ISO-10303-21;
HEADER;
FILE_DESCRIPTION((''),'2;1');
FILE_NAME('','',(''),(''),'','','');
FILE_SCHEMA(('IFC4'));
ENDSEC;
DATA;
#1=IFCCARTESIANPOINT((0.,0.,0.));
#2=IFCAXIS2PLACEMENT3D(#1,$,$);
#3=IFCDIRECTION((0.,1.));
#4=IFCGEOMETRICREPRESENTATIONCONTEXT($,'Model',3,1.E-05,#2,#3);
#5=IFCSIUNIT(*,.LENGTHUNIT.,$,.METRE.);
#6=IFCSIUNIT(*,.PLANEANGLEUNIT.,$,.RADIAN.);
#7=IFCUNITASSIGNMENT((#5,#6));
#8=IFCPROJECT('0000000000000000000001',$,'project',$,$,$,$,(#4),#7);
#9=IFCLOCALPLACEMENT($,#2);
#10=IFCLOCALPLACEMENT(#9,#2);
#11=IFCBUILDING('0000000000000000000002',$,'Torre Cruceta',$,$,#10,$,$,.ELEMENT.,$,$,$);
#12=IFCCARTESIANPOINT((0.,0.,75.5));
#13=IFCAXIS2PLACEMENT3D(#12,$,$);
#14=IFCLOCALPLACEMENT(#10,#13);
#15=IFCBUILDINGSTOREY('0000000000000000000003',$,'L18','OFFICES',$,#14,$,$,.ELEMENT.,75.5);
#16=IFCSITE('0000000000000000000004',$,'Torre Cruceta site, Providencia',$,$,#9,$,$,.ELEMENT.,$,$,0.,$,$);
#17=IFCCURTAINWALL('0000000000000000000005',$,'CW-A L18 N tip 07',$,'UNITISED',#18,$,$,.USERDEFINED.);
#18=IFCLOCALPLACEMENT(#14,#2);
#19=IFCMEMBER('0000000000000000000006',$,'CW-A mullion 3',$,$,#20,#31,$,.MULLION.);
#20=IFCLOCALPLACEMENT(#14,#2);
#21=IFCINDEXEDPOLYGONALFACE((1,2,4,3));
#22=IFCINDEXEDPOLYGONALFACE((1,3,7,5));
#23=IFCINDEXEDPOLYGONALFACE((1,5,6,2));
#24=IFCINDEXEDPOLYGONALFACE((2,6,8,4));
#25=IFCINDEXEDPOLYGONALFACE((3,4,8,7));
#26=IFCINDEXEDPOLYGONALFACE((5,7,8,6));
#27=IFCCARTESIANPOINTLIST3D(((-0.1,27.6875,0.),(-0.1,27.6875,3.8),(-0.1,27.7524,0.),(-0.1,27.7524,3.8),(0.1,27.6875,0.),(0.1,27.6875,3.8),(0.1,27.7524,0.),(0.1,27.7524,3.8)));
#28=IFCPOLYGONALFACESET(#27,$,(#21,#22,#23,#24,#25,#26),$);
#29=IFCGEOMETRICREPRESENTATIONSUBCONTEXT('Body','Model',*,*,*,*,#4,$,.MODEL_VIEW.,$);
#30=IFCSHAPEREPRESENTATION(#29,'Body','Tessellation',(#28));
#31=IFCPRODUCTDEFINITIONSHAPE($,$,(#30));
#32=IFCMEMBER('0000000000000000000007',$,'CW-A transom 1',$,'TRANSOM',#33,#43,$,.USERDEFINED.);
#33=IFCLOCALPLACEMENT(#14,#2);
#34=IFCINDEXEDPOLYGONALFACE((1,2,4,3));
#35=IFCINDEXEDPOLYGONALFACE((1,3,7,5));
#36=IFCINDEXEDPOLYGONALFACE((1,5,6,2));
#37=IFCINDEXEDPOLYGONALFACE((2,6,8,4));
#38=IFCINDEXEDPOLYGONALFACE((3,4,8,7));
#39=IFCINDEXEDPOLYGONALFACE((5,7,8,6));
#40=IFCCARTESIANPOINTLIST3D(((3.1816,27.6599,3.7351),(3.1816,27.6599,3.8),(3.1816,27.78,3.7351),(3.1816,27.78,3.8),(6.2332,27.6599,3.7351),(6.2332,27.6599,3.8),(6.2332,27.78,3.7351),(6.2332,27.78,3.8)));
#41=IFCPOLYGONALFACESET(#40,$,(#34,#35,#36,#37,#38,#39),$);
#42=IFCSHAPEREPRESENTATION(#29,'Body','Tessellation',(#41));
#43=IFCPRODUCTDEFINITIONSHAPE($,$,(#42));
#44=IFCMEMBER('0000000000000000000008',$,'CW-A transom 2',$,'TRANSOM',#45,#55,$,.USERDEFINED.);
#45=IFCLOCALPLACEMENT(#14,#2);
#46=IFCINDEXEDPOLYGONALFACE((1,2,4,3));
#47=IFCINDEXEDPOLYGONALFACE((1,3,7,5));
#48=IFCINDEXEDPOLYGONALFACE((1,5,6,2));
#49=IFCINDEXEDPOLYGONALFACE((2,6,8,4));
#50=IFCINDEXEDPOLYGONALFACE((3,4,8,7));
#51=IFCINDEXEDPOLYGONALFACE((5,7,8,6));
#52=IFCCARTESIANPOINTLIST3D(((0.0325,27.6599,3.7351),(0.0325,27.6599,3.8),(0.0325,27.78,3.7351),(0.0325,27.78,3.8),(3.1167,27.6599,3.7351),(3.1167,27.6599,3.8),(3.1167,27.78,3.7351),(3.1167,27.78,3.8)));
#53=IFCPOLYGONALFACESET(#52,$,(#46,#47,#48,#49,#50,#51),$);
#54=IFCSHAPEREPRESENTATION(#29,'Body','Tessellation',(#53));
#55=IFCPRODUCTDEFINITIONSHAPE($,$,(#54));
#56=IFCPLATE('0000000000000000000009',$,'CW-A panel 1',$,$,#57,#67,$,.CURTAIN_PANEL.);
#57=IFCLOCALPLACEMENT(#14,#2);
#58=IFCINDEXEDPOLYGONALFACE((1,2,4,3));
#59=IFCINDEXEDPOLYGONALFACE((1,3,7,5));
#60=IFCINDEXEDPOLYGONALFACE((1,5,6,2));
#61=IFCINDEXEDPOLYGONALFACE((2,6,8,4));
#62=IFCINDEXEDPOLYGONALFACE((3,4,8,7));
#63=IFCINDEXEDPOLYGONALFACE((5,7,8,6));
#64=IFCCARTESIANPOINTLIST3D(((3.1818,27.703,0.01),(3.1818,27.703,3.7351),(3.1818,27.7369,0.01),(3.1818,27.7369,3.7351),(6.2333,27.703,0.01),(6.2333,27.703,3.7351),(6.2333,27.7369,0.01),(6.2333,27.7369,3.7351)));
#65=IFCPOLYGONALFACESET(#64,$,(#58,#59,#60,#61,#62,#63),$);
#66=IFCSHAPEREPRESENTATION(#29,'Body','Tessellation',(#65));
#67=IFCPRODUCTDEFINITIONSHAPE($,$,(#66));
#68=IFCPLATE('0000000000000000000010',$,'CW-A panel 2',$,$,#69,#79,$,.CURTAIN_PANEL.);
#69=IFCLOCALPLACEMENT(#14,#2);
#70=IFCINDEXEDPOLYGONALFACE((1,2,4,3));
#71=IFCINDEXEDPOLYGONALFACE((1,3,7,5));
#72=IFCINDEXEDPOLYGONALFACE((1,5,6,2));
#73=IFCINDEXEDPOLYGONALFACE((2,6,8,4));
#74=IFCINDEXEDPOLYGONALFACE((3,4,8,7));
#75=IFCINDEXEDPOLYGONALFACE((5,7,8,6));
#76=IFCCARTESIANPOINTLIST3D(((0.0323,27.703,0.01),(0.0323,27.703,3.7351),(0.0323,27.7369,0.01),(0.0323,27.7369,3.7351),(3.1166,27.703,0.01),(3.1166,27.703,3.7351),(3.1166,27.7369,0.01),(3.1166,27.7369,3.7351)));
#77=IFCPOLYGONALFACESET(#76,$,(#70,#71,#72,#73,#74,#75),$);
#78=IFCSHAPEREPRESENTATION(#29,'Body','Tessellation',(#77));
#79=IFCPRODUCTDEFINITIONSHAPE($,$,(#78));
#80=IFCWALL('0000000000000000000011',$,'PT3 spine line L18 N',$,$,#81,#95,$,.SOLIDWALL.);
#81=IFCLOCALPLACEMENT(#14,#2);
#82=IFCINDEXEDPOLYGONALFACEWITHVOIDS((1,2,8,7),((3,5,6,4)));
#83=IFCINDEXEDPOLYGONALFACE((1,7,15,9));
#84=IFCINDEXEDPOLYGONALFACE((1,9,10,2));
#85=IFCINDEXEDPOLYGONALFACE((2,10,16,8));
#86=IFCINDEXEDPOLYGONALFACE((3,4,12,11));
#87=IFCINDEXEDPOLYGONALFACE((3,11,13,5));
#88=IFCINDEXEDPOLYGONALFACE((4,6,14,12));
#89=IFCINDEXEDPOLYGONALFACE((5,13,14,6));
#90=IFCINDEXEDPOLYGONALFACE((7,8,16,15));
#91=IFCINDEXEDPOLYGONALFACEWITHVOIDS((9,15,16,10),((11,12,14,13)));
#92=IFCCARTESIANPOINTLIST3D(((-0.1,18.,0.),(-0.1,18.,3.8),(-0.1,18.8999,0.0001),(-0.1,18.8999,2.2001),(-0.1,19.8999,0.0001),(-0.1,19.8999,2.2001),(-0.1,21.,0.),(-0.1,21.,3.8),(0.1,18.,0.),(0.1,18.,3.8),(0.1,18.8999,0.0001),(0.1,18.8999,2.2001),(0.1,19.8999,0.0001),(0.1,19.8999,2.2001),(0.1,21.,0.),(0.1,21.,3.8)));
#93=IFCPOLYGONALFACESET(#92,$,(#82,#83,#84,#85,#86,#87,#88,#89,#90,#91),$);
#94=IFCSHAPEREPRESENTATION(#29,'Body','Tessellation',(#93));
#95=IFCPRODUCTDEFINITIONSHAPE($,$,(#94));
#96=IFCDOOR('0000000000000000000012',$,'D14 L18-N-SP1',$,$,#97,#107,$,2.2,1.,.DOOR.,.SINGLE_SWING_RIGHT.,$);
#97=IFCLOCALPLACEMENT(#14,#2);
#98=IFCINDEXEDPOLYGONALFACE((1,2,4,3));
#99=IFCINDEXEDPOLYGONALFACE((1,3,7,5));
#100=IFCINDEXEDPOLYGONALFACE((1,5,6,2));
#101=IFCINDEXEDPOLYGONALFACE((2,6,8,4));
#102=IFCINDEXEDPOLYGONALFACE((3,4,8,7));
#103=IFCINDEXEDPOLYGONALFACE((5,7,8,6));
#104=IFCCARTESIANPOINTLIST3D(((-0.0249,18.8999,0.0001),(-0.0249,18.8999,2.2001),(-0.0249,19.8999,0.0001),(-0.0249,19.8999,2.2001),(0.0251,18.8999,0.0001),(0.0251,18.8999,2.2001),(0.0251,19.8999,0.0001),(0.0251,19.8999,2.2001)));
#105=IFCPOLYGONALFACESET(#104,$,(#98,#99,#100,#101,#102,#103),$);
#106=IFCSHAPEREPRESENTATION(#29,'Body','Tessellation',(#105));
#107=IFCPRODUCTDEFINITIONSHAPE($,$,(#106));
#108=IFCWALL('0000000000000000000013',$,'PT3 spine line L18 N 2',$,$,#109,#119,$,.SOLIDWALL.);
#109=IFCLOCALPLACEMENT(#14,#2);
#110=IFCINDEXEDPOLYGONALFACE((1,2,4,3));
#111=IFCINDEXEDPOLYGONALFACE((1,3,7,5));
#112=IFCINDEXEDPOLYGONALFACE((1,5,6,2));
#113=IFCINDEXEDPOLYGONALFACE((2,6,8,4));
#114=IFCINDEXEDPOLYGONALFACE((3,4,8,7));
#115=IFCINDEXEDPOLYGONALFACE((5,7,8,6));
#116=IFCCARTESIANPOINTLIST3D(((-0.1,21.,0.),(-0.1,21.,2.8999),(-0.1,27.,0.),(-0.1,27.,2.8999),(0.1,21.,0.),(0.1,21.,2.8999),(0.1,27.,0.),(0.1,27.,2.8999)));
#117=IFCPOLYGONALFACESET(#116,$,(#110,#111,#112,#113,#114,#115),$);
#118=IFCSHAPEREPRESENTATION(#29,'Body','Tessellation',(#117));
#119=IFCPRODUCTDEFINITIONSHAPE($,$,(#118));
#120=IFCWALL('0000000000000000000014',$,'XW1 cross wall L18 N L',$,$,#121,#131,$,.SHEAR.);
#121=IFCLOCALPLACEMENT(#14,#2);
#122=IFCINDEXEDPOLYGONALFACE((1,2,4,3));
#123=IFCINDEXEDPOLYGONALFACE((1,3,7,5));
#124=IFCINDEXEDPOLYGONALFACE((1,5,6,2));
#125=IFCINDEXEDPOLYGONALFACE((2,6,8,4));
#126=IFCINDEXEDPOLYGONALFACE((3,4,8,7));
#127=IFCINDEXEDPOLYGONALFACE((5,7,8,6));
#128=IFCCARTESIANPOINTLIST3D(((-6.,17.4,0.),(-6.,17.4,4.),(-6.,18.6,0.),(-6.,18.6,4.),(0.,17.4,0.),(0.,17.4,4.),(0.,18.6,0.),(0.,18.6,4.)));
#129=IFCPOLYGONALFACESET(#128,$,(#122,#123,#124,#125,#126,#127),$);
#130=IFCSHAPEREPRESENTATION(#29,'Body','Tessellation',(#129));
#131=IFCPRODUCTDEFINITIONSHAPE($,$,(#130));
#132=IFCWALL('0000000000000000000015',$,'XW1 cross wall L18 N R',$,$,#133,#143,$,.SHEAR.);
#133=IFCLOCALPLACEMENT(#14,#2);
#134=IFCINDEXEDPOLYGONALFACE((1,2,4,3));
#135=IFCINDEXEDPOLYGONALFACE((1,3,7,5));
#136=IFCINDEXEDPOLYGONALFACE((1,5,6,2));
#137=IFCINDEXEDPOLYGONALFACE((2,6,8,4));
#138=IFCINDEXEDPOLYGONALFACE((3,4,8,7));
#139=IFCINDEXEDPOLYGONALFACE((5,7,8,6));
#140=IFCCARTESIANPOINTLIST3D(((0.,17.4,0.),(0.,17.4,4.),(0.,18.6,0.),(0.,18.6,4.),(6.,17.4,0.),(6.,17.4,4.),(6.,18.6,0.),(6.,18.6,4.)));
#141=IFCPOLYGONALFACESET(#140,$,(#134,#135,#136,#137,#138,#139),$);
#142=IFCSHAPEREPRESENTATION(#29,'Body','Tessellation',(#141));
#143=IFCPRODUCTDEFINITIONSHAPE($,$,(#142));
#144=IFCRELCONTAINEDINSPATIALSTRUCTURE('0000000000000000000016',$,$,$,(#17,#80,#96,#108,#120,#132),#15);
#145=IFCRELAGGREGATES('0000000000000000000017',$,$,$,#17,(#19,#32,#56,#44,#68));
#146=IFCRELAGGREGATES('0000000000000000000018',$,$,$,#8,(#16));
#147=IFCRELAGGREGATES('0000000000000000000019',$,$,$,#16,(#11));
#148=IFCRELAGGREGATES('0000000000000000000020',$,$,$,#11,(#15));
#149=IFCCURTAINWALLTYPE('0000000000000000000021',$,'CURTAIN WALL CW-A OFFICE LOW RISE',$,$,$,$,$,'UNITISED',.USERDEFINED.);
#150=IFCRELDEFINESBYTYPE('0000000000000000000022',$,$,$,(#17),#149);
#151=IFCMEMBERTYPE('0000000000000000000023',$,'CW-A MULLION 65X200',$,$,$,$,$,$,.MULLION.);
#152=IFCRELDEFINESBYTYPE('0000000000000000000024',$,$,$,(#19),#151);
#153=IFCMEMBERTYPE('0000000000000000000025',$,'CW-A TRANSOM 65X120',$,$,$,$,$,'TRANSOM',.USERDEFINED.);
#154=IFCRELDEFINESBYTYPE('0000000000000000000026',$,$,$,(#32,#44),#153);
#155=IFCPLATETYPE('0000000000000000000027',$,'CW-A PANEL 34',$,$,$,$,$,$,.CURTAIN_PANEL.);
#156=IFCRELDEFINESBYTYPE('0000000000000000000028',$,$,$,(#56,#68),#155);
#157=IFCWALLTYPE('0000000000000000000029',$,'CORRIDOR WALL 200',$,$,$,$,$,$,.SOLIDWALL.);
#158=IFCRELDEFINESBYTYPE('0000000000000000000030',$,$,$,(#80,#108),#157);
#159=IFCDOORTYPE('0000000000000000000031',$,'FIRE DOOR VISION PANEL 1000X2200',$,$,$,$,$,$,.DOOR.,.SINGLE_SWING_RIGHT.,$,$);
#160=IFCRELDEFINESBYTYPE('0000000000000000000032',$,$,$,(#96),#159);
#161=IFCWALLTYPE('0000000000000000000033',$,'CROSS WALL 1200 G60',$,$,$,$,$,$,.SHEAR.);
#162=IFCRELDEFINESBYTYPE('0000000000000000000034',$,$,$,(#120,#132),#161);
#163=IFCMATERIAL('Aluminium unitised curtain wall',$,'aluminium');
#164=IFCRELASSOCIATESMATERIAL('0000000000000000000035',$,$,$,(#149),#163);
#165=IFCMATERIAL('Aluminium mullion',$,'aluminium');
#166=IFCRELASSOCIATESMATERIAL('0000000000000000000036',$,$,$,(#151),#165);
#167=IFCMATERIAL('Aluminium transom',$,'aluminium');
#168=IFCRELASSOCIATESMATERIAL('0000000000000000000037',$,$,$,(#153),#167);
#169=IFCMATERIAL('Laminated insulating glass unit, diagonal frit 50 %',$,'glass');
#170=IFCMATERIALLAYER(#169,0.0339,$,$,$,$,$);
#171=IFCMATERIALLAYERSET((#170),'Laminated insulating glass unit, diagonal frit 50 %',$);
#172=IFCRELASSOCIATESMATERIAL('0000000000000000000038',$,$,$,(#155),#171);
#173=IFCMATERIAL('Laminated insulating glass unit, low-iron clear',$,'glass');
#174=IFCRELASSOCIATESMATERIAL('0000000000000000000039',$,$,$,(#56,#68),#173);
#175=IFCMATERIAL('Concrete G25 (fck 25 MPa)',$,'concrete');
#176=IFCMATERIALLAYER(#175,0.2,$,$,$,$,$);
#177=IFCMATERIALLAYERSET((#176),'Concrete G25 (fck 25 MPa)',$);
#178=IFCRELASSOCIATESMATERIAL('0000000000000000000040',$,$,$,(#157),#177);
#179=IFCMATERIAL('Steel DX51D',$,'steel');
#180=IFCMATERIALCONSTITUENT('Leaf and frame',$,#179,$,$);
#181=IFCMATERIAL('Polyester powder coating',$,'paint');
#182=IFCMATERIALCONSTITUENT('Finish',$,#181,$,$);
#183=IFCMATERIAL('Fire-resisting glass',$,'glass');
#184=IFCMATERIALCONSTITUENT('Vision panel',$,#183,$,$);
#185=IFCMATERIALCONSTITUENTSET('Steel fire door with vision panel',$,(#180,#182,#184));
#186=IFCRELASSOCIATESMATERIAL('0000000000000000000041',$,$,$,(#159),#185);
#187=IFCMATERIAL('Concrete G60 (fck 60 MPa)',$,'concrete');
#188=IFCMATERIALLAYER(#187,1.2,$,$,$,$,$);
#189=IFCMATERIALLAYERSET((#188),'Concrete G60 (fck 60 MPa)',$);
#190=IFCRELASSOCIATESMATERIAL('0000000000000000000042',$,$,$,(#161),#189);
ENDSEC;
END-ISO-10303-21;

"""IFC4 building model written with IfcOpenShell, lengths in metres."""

from ifc_helpers import new_model, si_unit, direction, frame, frame_2d, origin, origin_2d, place, context, subcontext, project, spatial, rectangle, extrude, material, layer, layer_set, constituent, constituent_set, material_profile, profile_set, type_object, element, fill, aggregate, save


model = new_model("IFC4")

# Units and contexts
model_context = context("Model", 3, precision=1e-05, world=origin(), true_north=direction((0.0, 1.0)))
body_context = subcontext(model_context, "Body", "Model", "MODEL_VIEW")
ifc_project = project(units=[si_unit("LENGTHUNIT", "METRE"), si_unit("PLANEANGLEUNIT", "RADIAN")], contexts=[model_context])

# Site, building, storey
site_placement = place(None, origin())
site = spatial("IfcSite", under=ifc_project, at=site_placement, Name="Torre Cruceta site, Providencia", CompositionType="ELEMENT", RefElevation=0.0)
building_placement = place(site_placement, origin())
building = spatial("IfcBuilding", under=site, at=building_placement, Name="Torre Cruceta", CompositionType="ELEMENT")
storey_placement = place(building_placement, frame((0.0, 0.0, 75.5)))
storey = spatial("IfcBuildingStorey", under=building, at=storey_placement, Name="L18", Description="OFFICES", CompositionType="ELEMENT", Elevation=75.5)

# Curtain wall, members, plates
ifc_material_1 = material(Name="Aluminium unitised curtain wall", Category="aluminium")
curtain_wall_type = type_object("IfcCurtainWallType", Name="CURTAIN WALL CW-A OFFICE LOW RISE", ElementType="UNITISED", PredefinedType="USERDEFINED", material=ifc_material_1)
curtain_wall_placement = place(storey_placement, origin())
curtain_wall = element("IfcCurtainWall", 1, at=curtain_wall_placement, inside=storey, type_object=curtain_wall_type, Name="CW-A L18 N tip 07", ObjectType="UNITISED", PredefinedType="USERDEFINED")
ifc_material_2 = material(Name="Aluminium mullion", Category="aluminium")
ifc_material_profile_1 = material_profile(ifc_material_2, rectangle(XDim=0.0649, YDim=0.2, at=origin_2d()), Name="AL 65X200")
ifc_profile_set_1 = profile_set([ifc_material_profile_1], Name="Aluminium mullion")
member_type_1 = type_object("IfcMemberType", Name="CW-A MULLION 65X200", PredefinedType="MULLION", material=ifc_profile_set_1)
member_1_placement = place(storey_placement, frame((0.0, 27.72, 0.0), z_axis=(0.0, 0.0, 1.0), x_axis=(0.0, -1.0, 0.0)))
member_1 = element("IfcMember", 2, at=member_1_placement, type_object=member_type_1, Name="CW-A mullion 3", PredefinedType="MULLION", context=body_context, shape_type="SweptSolid", body=[
    extrude(rectangle(XDim=0.0649, YDim=0.2, at=origin_2d()), origin(), (0.0, 0.0, 1.0), 3.8),
])
ifc_material_3 = material(Name="Aluminium transom", Category="aluminium")
ifc_material_profile_2 = material_profile(ifc_material_3, rectangle(XDim=0.1201, YDim=0.0649, at=origin_2d()), Name="AL 120X65")
ifc_profile_set_2 = profile_set([ifc_material_profile_2], Name="Aluminium transom")
member_type_2 = type_object("IfcMemberType", Name="CW-A TRANSOM 65X120", ElementType="TRANSOM", PredefinedType="USERDEFINED", material=ifc_profile_set_2)
member_2_placement = place(storey_placement, frame((6.2332, 27.72, 3.7676), z_axis=(-1.0, 0.0, 0.0), x_axis=(0.0, -1.0, 0.0)))
member_2 = element("IfcMember", 3, at=member_2_placement, type_object=member_type_2, Name="CW-A transom 1", ObjectType="TRANSOM", PredefinedType="USERDEFINED", context=body_context, shape_type="SweptSolid", body=[
    extrude(rectangle(XDim=0.1201, YDim=0.0649, at=origin_2d()), origin(), (0.0, 0.0, 1.0), 3.0515),
])
member_3_placement = place(storey_placement, frame((3.1167, 27.72, 3.7676), z_axis=(-1.0, 0.0, 0.0), x_axis=(0.0, -1.0, 0.0)))
member_3 = element("IfcMember", 4, at=member_3_placement, type_object=member_type_2, Name="CW-A transom 2", ObjectType="TRANSOM", PredefinedType="USERDEFINED", context=body_context, shape_type="SweptSolid", body=[
    extrude(rectangle(XDim=0.1201, YDim=0.0649, at=origin_2d()), origin(), (0.0, 0.0, 1.0), 3.0842),
])
ifc_material_4 = material(Name="Laminated insulating glass unit, low-iron clear", Category="glass")
ifc_material_5 = material(Name="Laminated insulating glass unit, diagonal frit 50 %", Category="glass")
ifc_layer_1 = layer(ifc_material_5, 0.0339)
ifc_layer_set_1 = layer_set([ifc_layer_1], Name="Laminated insulating glass unit, diagonal frit 50 %")
plate_type = type_object("IfcPlateType", Name="CW-A PANEL 34", PredefinedType="CURTAIN_PANEL", material=ifc_layer_set_1)
plate_1_placement = place(storey_placement, frame((4.7075, 27.72, 0.01), z_axis=(0.0, 0.0, 1.0), x_axis=(-1.0, 0.0, 0.0)))
plate_1 = element("IfcPlate", 5, at=plate_1_placement, type_object=plate_type, material=ifc_material_4, Name="CW-A panel 1", PredefinedType="CURTAIN_PANEL", context=body_context, shape_type="SweptSolid", body=[
    extrude(rectangle(XDim=3.0515, YDim=0.0339, at=origin_2d()), origin(), (0.0, 0.0, 1.0), 3.7251),
])
plate_2_placement = place(storey_placement, frame((1.5745, 27.72, 0.01), z_axis=(0.0, 0.0, 1.0), x_axis=(-1.0, 0.0, 0.0)))
plate_2 = element("IfcPlate", 6, at=plate_2_placement, type_object=plate_type, material=ifc_material_4, Name="CW-A panel 2", PredefinedType="CURTAIN_PANEL", context=body_context, shape_type="SweptSolid", body=[
    extrude(rectangle(XDim=3.0842, YDim=0.0339, at=origin_2d()), origin(), (0.0, 0.0, 1.0), 3.7251),
])
aggregate(curtain_wall, [member_1, member_2, plate_1, member_3, plate_2])

# Wall, opening, door
ifc_material_6 = material(Name="Concrete G25 (fck 25 MPa)", Category="concrete")
ifc_layer_2 = layer(ifc_material_6, 0.2)
ifc_layer_set_2 = layer_set([ifc_layer_2], Name="Concrete G25 (fck 25 MPa)")
wall_type_1 = type_object("IfcWallType", Name="CORRIDOR WALL 200", PredefinedType="SOLIDWALL", material=ifc_layer_set_2)
wall_1_placement = place(storey_placement, frame((0.0, 18.0, 0.0), z_axis=(0.0, 0.0, 1.0), x_axis=(0.0, 1.0, 0.0)))
wall_1 = element("IfcWall", 7, at=wall_1_placement, inside=storey, type_object=wall_type_1, Name="PT3 spine line L18 N", PredefinedType="SOLIDWALL", context=body_context, shape_type="SweptSolid", body=[
    extrude(rectangle(XDim=3.0, YDim=0.2, at=frame_2d((1.5, 0.0))), origin(), (0.0, 0.0, 1.0), 3.8),
])
opening_1_placement = place(wall_1_placement, frame((0.8999, 0.0, 0.0)))
opening_1 = element("IfcOpeningElement", 8, at=opening_1_placement, cuts=wall_1, PredefinedType="OPENING", context=body_context, shape_type="SweptSolid", body=[
    extrude(rectangle(XDim=1.0, YDim=2.2, at=frame_2d((0.5, 1.1001))), frame((0.0, 0.1099, 0.0), z_axis=(0.0, -1.0, 0.0), x_axis=(1.0, 0.0, 0.0)), (0.0, 0.0, 1.0), 0.22),
])
ifc_material_7 = material(Name="Steel DX51D", Category="steel")
ifc_constituent_1 = constituent(ifc_material_7, Name="Leaf and frame")
ifc_material_8 = material(Name="Polyester powder coating", Category="paint")
ifc_constituent_2 = constituent(ifc_material_8, Name="Finish")
ifc_material_9 = material(Name="Fire-resisting glass", Category="glass")
ifc_constituent_3 = constituent(ifc_material_9, Name="Vision panel")
ifc_constituent_set_1 = constituent_set(constituents=[ifc_constituent_1, ifc_constituent_2, ifc_constituent_3], Name="Steel fire door with vision panel")
door_type_1 = type_object("IfcDoorType", Name="FIRE DOOR VISION PANEL 1000X2200", OperationType="SINGLE_SWING_RIGHT", PredefinedType="DOOR", material=ifc_constituent_set_1)
door_1_placement = place(opening_1_placement, frame((1.0, 0.0, 0.0), z_axis=(0.0, 0.0, 1.0), x_axis=(-1.0, 0.0, 0.0)))
door_1 = element("IfcDoor", 9, at=door_1_placement, inside=storey, type_object=door_type_1, Name="D14 L18-N-SP1", OperationType="SINGLE_SWING_RIGHT", OverallHeight=2.2, OverallWidth=1.0, PredefinedType="DOOR", context=body_context, shape_type="SweptSolid", body=[
    extrude(rectangle(XDim=1.0, YDim=2.2, at=frame_2d((0.5, 1.1001))), frame((0.0, 0.0251, 0.0), z_axis=(0.0, -1.0, 0.0), x_axis=(1.0, 0.0, 0.0)), (0.0, 0.0, 1.0), 0.05),
])
fill(opening_1, door_1)

# Walls
wall_2_placement = place(storey_placement, frame((0.0, 21.0, 0.0), z_axis=(0.0, 0.0, 1.0), x_axis=(0.0, 1.0, 0.0)))
element("IfcWall", 10, at=wall_2_placement, inside=storey, type_object=wall_type_1, Name="PT3 spine line L18 N 2", PredefinedType="SOLIDWALL", context=body_context, shape_type="SweptSolid", body=[
    extrude(rectangle(XDim=6.0, YDim=0.2, at=frame_2d((3.0, 0.0))), origin(), (0.0, 0.0, 1.0), 2.8999),
])
ifc_material_10 = material(Name="Concrete G60 (fck 60 MPa)", Category="concrete")
ifc_layer_3 = layer(ifc_material_10, 1.2)
ifc_layer_set_3 = layer_set([ifc_layer_3], Name="Concrete G60 (fck 60 MPa)")
wall_type_2 = type_object("IfcWallType", Name="CROSS WALL 1200 G60", PredefinedType="SHEAR", material=ifc_layer_set_3)
for number, where, z_axis, x_axis, name in (
    (11, (0.0, 18.0, 0.0), (0.0, 0.0, 1.0), (-1.0, 0.0, 0.0), "XW1 cross wall L18 N L"),
    (12, (0.0, 18.0, 0.0), (0.0, 0.0, 1.0), (1.0, 0.0, 0.0), "XW1 cross wall L18 N R"),
):
    element("IfcWall", number, at=place(storey_placement, frame(where, z_axis=z_axis, x_axis=x_axis)), inside=storey, type_object=wall_type_2, Name=name, PredefinedType="SHEAR", context=body_context, shape_type="SweptSolid", body=[
        extrude(rectangle(XDim=6.0, YDim=1.2, at=frame_2d((3.0, 0.0))), origin(), (0.0, 0.0, 1.0), 4.0),
    ])

save(model, "model.ifc")
